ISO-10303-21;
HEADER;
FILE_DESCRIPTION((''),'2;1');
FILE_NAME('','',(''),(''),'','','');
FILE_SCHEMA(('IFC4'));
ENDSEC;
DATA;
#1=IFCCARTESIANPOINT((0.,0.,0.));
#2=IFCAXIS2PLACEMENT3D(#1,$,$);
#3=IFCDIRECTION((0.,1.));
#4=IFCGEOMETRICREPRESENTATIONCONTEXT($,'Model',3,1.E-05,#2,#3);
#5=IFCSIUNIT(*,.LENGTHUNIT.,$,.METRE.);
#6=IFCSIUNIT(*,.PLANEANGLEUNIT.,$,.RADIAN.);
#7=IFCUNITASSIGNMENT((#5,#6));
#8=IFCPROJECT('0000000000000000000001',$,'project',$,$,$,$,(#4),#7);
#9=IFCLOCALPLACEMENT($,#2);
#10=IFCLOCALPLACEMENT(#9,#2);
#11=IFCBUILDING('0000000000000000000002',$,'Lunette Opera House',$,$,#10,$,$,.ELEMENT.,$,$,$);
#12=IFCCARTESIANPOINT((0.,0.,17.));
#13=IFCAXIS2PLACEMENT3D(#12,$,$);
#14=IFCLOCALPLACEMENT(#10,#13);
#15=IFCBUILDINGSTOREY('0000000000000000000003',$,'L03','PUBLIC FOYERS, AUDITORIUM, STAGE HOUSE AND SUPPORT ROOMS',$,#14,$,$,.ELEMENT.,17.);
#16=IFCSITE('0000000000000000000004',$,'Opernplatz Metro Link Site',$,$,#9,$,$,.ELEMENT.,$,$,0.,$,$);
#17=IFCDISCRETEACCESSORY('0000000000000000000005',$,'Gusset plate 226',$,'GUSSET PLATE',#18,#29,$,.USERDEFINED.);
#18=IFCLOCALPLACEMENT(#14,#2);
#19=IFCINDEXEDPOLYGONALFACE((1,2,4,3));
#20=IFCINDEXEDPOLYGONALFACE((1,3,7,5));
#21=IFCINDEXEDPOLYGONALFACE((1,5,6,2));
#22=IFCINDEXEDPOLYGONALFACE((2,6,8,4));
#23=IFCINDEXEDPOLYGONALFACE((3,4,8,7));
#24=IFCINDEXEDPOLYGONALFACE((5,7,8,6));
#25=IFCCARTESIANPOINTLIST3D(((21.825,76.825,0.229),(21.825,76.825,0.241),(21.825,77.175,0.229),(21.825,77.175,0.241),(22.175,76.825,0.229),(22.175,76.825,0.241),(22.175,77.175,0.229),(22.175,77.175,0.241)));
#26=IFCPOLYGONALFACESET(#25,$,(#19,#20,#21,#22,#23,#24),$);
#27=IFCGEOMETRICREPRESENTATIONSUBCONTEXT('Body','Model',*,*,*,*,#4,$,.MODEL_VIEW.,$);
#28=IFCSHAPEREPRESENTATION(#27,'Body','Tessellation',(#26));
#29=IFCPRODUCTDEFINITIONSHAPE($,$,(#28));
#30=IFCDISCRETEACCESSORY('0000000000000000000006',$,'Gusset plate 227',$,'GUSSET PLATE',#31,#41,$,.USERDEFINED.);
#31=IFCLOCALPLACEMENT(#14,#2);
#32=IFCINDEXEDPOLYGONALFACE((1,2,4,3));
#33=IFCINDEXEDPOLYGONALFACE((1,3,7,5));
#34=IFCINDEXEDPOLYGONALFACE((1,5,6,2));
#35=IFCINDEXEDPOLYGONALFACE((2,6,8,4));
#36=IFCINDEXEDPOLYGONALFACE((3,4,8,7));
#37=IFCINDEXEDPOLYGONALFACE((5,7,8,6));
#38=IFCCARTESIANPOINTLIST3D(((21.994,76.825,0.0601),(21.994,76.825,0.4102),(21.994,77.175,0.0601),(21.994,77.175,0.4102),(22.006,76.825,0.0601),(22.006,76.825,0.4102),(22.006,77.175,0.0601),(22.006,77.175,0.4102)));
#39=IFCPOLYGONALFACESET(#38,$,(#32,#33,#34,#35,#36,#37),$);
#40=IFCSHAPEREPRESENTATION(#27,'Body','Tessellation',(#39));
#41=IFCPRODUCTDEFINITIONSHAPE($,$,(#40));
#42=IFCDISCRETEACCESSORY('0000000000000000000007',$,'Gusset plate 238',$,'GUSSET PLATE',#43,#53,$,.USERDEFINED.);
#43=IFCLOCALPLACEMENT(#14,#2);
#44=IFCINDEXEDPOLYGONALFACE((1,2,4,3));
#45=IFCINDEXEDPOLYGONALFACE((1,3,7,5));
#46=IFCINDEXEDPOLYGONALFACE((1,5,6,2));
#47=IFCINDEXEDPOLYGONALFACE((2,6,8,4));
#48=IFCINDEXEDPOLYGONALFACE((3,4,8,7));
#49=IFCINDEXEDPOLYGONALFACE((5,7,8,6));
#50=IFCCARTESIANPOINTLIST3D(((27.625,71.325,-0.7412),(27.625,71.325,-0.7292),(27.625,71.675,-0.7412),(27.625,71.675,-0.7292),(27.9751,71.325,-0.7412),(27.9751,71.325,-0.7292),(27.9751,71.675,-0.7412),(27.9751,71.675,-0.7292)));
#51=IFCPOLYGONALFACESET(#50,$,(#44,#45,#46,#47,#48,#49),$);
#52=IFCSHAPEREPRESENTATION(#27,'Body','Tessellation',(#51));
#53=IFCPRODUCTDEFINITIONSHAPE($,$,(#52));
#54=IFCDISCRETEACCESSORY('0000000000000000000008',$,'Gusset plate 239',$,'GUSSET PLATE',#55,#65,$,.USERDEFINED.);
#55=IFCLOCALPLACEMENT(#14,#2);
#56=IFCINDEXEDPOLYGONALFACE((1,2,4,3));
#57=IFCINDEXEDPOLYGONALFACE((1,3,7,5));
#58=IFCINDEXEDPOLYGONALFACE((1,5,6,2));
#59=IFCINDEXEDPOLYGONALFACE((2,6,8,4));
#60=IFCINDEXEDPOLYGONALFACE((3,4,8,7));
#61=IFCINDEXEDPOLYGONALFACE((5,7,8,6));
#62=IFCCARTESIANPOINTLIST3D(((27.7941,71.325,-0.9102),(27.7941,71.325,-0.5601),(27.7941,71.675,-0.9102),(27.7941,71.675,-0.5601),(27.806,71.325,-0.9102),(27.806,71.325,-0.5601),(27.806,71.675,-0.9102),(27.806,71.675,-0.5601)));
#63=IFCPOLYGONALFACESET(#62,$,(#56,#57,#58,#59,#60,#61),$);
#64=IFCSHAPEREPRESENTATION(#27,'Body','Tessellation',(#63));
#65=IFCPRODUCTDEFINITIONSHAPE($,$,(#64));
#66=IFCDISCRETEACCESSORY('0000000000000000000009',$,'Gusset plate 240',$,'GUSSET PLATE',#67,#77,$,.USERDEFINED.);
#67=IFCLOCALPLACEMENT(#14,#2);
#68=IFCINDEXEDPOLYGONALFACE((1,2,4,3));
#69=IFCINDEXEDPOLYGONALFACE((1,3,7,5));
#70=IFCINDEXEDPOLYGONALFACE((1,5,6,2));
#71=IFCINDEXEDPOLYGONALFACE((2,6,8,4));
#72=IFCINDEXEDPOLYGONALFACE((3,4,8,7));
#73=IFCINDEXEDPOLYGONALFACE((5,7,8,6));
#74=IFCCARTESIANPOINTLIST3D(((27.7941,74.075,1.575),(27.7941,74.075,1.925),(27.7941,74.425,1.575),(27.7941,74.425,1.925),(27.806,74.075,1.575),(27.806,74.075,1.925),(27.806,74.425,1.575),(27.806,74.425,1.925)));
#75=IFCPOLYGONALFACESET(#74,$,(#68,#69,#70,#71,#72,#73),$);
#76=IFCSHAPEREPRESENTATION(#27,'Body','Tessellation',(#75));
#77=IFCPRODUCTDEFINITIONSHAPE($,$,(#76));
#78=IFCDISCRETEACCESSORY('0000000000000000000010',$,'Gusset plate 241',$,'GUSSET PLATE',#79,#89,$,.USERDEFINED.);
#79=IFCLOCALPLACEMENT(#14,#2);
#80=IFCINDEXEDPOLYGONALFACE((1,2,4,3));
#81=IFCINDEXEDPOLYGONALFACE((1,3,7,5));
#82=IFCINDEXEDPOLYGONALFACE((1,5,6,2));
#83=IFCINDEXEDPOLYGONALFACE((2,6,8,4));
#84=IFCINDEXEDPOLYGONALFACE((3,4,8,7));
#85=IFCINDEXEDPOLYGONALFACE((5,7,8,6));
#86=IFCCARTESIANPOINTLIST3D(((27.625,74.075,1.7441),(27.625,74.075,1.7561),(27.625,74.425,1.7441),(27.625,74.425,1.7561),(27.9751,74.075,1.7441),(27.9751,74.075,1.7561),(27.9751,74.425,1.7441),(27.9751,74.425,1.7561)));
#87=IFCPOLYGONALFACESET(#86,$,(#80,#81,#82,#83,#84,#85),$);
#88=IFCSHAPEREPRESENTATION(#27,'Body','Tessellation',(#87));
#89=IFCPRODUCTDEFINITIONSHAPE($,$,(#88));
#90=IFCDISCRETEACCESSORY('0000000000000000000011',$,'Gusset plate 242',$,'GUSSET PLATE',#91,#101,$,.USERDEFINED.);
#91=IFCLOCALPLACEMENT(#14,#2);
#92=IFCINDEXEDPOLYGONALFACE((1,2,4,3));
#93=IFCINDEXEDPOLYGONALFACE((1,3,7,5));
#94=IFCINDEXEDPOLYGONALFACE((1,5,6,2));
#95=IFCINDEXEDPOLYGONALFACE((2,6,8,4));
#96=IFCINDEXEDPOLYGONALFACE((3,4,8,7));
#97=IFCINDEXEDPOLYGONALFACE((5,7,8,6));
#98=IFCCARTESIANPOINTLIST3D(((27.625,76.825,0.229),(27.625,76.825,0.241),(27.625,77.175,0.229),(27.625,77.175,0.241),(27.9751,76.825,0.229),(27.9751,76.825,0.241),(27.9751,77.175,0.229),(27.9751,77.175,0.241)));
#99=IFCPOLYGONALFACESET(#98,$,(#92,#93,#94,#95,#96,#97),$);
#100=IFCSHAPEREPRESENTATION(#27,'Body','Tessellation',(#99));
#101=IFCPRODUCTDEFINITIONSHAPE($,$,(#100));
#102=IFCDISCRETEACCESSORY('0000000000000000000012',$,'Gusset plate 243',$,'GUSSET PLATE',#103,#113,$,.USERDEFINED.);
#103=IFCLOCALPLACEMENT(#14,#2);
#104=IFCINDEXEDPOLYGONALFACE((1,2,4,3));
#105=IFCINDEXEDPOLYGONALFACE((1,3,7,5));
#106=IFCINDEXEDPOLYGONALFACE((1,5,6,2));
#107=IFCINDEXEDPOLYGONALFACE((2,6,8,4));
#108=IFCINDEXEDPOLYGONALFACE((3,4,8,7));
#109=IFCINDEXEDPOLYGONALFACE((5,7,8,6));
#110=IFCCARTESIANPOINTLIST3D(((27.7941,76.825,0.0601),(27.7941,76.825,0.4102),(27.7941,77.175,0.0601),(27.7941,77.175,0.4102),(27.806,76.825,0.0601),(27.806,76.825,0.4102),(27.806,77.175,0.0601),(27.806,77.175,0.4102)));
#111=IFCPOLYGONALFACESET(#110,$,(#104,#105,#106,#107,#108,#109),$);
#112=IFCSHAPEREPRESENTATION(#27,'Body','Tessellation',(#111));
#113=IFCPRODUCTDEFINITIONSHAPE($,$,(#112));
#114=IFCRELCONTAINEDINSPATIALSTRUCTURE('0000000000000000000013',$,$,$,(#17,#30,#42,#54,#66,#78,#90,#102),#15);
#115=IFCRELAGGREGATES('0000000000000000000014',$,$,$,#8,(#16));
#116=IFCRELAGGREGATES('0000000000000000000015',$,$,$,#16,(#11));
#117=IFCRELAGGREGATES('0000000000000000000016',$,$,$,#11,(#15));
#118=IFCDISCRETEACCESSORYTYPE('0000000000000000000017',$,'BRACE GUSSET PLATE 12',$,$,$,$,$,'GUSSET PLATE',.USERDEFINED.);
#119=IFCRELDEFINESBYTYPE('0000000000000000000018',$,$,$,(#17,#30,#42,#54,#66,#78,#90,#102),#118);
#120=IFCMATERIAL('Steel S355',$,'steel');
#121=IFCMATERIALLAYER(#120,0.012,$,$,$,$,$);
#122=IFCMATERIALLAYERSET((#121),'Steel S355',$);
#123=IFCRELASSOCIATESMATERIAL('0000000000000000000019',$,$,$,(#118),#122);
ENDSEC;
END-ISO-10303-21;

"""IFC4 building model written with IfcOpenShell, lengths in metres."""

from ifc_helpers import new_model, si_unit, direction, frame, origin, origin_2d, place, context, subcontext, project, spatial, rectangle, extrude, material, layer, layer_set, type_object, element, save


model = new_model("IFC4")

# Units and contexts
model_context = context("Model", 3, precision=1e-05, world=origin(), true_north=direction((0.0, 1.0)))
body_context = subcontext(model_context, "Body", "Model", "MODEL_VIEW")
ifc_project = project(units=[si_unit("LENGTHUNIT", "METRE"), si_unit("PLANEANGLEUNIT", "RADIAN")], contexts=[model_context])

# Site, building, storey
site_placement = place(None, origin())
site = spatial("IfcSite", under=ifc_project, at=site_placement, Name="Opernplatz Metro Link Site", CompositionType="ELEMENT", RefElevation=0.0)
building_placement = place(site_placement, origin())
building = spatial("IfcBuilding", under=site, at=building_placement, Name="Lunette Opera House", CompositionType="ELEMENT")
storey_placement = place(building_placement, frame((0.0, 0.0, 17.0)))
storey = spatial("IfcBuildingStorey", under=building, at=storey_placement, Name="L03", Description="PUBLIC FOYERS, AUDITORIUM, STAGE HOUSE AND SUPPORT ROOMS", CompositionType="ELEMENT", Elevation=17.0)

# Discrete accessories
ifc_material_1 = material(Name="Steel S355", Category="steel")
ifc_layer = layer(ifc_material_1, 0.012)
ifc_layer_set = layer_set([ifc_layer], Name="Steel S355")
discrete_accessory_type = type_object("IfcDiscreteAccessoryType", Name="BRACE GUSSET PLATE 12", ElementType="GUSSET PLATE", PredefinedType="USERDEFINED", material=ifc_layer_set)
discrete_accessory_1_placement = place(storey_placement, frame((22.0, 77.0, 0.229), z_axis=(0.0, 0.0, 1.0), x_axis=(0.0, 1.0, 0.0)))
element("IfcDiscreteAccessory", 1, at=discrete_accessory_1_placement, inside=storey, type_object=discrete_accessory_type, Name="Gusset plate 226", ObjectType="GUSSET PLATE", PredefinedType="USERDEFINED", context=body_context, shape_type="SweptSolid", body=[
    extrude(rectangle(XDim=0.3501, YDim=0.3501, at=origin_2d()), origin(), (0.0, 0.0, 1.0), 0.012),
])
discrete_accessory_2_placement = place(storey_placement, frame((22.0, 77.0, 0.0601), z_axis=(0.0, 0.0, 1.0), x_axis=(0.0, 1.0, 0.0)))
element("IfcDiscreteAccessory", 2, at=discrete_accessory_2_placement, inside=storey, type_object=discrete_accessory_type, Name="Gusset plate 227", ObjectType="GUSSET PLATE", PredefinedType="USERDEFINED", context=body_context, shape_type="SweptSolid", body=[
    extrude(rectangle(XDim=0.3501, YDim=0.012, at=origin_2d()), origin(), (0.0, 0.0, 1.0), 0.3501),
])
discrete_accessory_3_placement = place(storey_placement, frame((27.8, 71.5, -0.7412), z_axis=(0.0, 0.0, 1.0), x_axis=(0.0, 1.0, 0.0)))
element("IfcDiscreteAccessory", 3, at=discrete_accessory_3_placement, inside=storey, type_object=discrete_accessory_type, Name="Gusset plate 238", ObjectType="GUSSET PLATE", PredefinedType="USERDEFINED", context=body_context, shape_type="SweptSolid", body=[
    extrude(rectangle(XDim=0.3501, YDim=0.3501, at=origin_2d()), origin(), (0.0, 0.0, 1.0), 0.012),
])
for number, where, z_axis, x_axis, name in (
    (4, (27.8, 71.5, -0.9102), (0.0, 0.0, 1.0), (0.0, 1.0, 0.0), "Gusset plate 239"),
    (5, (27.8, 74.25, 1.575), (0.0, 0.0, 1.0), (0.0, 1.0, 0.0), "Gusset plate 240"),
):
    element("IfcDiscreteAccessory", number, at=place(storey_placement, frame(where, z_axis=z_axis, x_axis=x_axis)), inside=storey, type_object=discrete_accessory_type, Name=name, ObjectType="GUSSET PLATE", PredefinedType="USERDEFINED", context=body_context, shape_type="SweptSolid", body=[
        extrude(rectangle(XDim=0.3501, YDim=0.012, at=origin_2d()), origin(), (0.0, 0.0, 1.0), 0.3501),
    ])
for number, where, z_axis, x_axis, name in (
    (6, (27.8, 74.25, 1.7441), (0.0, 0.0, 1.0), (0.0, 1.0, 0.0), "Gusset plate 241"),
    (7, (27.8, 77.0, 0.229), (0.0, 0.0, 1.0), (0.0, 1.0, 0.0), "Gusset plate 242"),
):
    element("IfcDiscreteAccessory", number, at=place(storey_placement, frame(where, z_axis=z_axis, x_axis=x_axis)), inside=storey, type_object=discrete_accessory_type, Name=name, ObjectType="GUSSET PLATE", PredefinedType="USERDEFINED", context=body_context, shape_type="SweptSolid", body=[
        extrude(rectangle(XDim=0.3501, YDim=0.3501, at=origin_2d()), origin(), (0.0, 0.0, 1.0), 0.012),
    ])
discrete_accessory_4_placement = place(storey_placement, frame((27.8, 77.0, 0.0601), z_axis=(0.0, 0.0, 1.0), x_axis=(0.0, 1.0, 0.0)))
element("IfcDiscreteAccessory", 8, at=discrete_accessory_4_placement, inside=storey, type_object=discrete_accessory_type, Name="Gusset plate 243", ObjectType="GUSSET PLATE", PredefinedType="USERDEFINED", context=body_context, shape_type="SweptSolid", body=[
    extrude(rectangle(XDim=0.3501, YDim=0.012, at=origin_2d()), origin(), (0.0, 0.0, 1.0), 0.3501),
])

save(model, "model.ifc")
